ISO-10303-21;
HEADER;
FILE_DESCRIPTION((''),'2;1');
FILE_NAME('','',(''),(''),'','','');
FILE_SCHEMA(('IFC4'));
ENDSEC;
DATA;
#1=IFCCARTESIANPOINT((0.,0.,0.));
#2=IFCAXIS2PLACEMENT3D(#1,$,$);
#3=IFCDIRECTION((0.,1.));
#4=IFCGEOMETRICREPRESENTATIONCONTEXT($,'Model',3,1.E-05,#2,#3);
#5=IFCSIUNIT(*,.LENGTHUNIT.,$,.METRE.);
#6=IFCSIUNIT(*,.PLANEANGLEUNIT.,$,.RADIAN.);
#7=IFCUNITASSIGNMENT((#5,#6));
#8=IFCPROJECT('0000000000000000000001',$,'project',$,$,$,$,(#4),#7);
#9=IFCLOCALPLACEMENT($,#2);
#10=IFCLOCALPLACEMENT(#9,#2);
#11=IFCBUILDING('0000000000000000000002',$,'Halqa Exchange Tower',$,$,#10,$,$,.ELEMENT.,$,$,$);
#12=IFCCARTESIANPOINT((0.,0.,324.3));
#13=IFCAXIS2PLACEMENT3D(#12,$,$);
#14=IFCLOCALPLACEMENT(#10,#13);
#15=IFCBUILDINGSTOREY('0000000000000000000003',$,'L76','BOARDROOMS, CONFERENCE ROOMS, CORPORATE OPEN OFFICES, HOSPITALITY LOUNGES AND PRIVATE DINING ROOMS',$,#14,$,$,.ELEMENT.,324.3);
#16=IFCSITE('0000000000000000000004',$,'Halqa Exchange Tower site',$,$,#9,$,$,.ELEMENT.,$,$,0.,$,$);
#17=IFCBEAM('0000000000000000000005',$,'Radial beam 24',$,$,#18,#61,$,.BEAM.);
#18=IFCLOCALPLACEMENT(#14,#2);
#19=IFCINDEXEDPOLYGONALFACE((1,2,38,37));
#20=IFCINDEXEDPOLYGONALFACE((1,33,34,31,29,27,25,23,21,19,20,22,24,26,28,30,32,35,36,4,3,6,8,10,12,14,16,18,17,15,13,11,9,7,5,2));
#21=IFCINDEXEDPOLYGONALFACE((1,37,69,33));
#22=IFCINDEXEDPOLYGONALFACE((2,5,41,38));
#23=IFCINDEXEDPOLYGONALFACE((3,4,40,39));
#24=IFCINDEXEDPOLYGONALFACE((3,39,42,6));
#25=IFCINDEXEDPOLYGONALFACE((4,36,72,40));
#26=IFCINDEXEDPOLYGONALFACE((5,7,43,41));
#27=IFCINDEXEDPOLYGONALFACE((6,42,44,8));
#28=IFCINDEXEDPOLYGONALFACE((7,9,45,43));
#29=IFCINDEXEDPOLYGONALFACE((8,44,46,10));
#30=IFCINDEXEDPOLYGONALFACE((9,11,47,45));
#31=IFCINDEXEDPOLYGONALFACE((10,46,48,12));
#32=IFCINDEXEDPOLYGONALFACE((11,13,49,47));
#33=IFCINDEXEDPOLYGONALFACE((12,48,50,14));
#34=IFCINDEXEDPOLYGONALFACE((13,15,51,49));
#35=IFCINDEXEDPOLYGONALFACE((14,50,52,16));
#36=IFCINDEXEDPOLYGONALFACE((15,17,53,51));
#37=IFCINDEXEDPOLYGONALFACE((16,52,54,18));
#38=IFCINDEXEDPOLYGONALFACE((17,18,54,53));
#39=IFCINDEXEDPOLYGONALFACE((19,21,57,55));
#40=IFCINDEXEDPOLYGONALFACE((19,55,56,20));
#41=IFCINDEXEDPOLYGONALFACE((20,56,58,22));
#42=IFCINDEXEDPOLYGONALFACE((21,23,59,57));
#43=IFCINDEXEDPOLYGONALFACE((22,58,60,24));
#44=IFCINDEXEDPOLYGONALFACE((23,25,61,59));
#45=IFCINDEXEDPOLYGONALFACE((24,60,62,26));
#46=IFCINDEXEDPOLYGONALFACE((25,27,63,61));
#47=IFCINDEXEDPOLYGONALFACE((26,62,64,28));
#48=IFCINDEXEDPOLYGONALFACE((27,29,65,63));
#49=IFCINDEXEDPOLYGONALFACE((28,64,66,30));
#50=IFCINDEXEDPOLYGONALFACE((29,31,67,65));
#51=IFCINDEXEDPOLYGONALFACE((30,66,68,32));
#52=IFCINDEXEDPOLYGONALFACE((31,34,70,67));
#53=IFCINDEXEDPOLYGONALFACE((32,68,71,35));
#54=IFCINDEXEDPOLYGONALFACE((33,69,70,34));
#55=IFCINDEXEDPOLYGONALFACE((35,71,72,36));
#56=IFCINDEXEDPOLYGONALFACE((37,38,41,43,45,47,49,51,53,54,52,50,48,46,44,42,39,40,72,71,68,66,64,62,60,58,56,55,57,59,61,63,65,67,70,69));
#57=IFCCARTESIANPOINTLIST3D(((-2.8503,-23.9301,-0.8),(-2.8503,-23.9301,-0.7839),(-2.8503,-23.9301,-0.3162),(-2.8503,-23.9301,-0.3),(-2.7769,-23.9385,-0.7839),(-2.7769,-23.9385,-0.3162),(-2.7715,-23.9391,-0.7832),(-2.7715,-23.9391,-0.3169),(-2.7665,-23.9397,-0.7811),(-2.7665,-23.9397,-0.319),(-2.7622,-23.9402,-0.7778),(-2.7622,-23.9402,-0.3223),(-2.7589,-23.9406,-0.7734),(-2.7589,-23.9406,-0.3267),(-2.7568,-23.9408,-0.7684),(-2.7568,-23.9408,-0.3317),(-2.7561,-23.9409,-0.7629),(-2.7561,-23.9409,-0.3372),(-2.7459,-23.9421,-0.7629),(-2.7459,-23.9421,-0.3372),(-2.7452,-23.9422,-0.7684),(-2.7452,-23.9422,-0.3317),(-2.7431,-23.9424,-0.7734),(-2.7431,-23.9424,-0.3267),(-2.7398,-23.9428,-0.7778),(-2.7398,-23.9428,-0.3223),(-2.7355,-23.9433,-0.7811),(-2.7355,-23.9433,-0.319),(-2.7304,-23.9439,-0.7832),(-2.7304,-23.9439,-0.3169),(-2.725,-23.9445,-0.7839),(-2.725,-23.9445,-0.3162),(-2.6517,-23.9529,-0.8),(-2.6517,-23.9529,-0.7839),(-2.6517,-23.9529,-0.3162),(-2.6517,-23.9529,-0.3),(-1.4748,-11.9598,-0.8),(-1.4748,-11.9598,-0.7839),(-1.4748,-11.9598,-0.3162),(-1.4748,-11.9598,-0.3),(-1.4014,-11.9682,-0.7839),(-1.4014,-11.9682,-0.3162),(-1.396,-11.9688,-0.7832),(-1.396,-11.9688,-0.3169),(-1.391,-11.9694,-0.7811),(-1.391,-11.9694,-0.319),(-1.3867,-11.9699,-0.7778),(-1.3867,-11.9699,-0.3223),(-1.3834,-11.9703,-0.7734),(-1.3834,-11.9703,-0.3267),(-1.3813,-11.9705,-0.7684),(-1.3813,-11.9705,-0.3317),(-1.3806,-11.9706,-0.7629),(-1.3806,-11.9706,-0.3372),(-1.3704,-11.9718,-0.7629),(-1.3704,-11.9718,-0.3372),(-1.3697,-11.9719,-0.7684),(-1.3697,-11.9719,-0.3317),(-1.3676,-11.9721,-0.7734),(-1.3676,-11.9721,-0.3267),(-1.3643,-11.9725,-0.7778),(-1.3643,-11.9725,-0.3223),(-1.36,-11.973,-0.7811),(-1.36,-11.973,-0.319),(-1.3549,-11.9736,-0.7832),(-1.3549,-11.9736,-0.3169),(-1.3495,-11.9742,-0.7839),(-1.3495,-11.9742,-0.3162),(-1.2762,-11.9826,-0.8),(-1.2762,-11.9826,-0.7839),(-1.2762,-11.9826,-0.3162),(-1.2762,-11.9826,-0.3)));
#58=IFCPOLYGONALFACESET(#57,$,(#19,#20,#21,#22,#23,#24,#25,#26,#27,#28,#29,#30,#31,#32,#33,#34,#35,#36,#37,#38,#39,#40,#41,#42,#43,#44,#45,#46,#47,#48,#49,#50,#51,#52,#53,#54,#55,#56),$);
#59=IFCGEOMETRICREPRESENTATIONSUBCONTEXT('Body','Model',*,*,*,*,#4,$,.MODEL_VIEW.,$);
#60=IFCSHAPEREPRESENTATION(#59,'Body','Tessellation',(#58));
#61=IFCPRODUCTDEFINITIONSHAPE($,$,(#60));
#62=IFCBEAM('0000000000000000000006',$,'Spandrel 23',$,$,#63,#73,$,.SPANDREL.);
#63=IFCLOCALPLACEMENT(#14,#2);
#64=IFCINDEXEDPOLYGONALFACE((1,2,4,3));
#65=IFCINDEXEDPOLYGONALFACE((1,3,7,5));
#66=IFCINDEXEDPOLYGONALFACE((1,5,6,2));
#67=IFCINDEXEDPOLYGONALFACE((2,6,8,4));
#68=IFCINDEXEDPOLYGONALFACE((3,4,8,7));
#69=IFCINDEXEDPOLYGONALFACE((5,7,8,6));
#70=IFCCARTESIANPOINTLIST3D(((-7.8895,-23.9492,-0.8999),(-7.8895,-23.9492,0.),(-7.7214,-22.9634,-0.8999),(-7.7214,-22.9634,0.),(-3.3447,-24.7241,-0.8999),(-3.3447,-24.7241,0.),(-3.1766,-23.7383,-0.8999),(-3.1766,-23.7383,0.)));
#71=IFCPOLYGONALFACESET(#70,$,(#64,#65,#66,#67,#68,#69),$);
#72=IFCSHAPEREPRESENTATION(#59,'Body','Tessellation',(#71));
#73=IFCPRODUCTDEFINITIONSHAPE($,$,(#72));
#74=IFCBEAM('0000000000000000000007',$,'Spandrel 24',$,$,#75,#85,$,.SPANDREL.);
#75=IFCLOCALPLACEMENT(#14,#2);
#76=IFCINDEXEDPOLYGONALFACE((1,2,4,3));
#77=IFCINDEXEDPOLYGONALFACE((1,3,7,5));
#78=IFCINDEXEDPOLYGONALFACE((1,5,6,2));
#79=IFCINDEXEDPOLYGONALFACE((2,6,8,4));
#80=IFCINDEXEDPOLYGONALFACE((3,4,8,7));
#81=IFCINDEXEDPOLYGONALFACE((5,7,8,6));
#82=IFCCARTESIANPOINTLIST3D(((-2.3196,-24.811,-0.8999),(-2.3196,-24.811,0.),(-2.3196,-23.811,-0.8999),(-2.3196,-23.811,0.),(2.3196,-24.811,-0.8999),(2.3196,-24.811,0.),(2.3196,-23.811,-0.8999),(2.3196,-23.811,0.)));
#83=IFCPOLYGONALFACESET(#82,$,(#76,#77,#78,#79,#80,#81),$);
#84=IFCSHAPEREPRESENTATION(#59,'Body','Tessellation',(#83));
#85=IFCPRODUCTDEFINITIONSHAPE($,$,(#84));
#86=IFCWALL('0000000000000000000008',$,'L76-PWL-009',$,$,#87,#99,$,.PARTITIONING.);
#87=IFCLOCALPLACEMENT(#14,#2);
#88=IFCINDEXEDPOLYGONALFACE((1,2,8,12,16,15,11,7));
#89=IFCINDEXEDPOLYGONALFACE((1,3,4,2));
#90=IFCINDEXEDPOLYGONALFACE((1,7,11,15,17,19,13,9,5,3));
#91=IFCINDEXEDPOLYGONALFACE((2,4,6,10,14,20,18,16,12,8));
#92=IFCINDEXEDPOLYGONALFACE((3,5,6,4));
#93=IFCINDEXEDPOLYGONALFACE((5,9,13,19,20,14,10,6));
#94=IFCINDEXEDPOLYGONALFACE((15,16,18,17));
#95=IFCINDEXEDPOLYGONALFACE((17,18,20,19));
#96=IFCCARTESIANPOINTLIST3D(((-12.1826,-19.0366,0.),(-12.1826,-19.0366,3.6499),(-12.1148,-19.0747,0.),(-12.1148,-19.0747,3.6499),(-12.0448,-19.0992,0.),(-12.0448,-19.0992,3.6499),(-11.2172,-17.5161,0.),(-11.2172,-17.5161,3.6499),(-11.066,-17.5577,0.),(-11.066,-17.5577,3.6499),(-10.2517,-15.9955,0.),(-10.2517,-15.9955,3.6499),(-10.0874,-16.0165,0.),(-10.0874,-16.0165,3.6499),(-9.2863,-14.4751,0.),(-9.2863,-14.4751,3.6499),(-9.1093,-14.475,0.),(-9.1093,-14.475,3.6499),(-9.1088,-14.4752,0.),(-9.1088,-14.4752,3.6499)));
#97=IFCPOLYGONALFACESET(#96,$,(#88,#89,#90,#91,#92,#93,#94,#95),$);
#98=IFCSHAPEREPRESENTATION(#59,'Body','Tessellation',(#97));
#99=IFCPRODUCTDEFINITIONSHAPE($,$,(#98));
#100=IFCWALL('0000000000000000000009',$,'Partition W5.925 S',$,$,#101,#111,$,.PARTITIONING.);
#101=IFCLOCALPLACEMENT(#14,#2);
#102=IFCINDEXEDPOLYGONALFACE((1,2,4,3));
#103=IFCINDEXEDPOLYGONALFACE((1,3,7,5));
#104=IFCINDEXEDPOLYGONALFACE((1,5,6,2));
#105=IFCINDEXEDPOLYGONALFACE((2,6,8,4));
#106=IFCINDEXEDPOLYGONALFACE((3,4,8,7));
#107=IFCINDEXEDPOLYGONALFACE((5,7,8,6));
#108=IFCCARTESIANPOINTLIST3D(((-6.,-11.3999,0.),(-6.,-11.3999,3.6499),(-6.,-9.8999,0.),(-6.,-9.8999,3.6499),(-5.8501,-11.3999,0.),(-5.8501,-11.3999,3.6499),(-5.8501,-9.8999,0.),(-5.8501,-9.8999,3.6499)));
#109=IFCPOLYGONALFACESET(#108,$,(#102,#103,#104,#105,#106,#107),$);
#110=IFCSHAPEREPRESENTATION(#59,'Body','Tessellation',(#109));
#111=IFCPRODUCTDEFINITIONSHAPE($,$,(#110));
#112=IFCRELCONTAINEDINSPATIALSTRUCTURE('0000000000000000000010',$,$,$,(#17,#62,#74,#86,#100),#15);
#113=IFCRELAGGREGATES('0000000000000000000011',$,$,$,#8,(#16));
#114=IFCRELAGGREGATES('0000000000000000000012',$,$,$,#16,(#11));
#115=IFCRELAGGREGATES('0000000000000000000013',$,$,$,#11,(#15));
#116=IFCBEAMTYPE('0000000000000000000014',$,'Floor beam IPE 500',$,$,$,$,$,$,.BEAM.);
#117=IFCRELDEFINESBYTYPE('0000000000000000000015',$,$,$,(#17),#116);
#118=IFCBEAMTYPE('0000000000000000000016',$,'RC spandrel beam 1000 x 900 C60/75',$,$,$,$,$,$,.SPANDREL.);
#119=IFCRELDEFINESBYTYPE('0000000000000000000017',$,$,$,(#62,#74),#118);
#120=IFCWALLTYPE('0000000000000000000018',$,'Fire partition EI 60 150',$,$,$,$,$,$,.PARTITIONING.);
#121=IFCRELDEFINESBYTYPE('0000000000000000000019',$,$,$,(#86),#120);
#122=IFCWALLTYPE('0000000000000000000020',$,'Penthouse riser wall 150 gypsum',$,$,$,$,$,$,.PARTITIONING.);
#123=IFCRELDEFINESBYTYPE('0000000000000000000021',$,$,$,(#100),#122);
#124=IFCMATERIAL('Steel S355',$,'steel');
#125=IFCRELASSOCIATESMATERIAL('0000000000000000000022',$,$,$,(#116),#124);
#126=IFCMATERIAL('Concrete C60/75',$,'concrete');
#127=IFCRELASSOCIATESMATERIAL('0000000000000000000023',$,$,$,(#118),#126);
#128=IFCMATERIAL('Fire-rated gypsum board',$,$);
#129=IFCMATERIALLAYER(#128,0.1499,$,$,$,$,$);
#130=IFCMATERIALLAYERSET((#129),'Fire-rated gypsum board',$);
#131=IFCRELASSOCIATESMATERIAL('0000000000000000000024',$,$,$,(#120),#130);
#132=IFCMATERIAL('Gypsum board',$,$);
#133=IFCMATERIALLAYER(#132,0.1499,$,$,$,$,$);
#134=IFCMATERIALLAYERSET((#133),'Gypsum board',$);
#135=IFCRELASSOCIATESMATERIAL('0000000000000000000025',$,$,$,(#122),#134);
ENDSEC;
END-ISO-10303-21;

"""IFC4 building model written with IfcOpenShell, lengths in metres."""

from ifc_helpers import new_model, si_unit, direction, frame, frame_2d, origin, origin_2d, place, context, subcontext, project, spatial, polyline, rectangle, i_section, outline, extrude, material, layer, layer_set, material_profile, profile_set, type_object, element, save


model = new_model("IFC4")

# Units and contexts
model_context = context("Model", 3, precision=1e-05, world=origin(), true_north=direction((0.0, 1.0)))
body_context = subcontext(model_context, "Body", "Model", "MODEL_VIEW")
ifc_project = project(units=[si_unit("LENGTHUNIT", "METRE"), si_unit("PLANEANGLEUNIT", "RADIAN")], contexts=[model_context])

# Site, building, storey
site_placement = place(None, origin())
site = spatial("IfcSite", under=ifc_project, at=site_placement, Name="Halqa Exchange Tower site", CompositionType="ELEMENT", RefElevation=0.0)
building_placement = place(site_placement, origin())
building = spatial("IfcBuilding", under=site, at=building_placement, Name="Halqa Exchange Tower", CompositionType="ELEMENT")
storey_placement = place(building_placement, frame((0.0, 0.0, 324.3)))
storey = spatial("IfcBuildingStorey", under=building, at=storey_placement, Name="L76", Description="BOARDROOMS, CONFERENCE ROOMS, CORPORATE OPEN OFFICES, HOSPITALITY LOUNGES AND PRIVATE DINING ROOMS", CompositionType="ELEMENT", Elevation=324.3)

# Beams
ifc_material_1 = material(Name="Steel S355", Category="steel")
ifc_material_profile_1 = material_profile(ifc_material_1, i_section(OverallWidth=0.2, OverallDepth=0.5, WebThickness=0.0103, FlangeThickness=0.0161, FilletRadius=0.021, at=origin_2d()), Name="IPE 500")
ifc_profile_set_1 = profile_set([ifc_material_profile_1], Name="Steel S355")
beam_type_1 = type_object("IfcBeamType", Name="Floor beam IPE 500", PredefinedType="BEAM", material=ifc_profile_set_1)
beam_1_placement = place(storey_placement, frame((-1.3755, -11.9712, -0.55), z_axis=(-0.114158, -0.993463, 0.0), x_axis=(0.993463, -0.114158, 0.0)))
element("IfcBeam", 1, at=beam_1_placement, inside=storey, type_object=beam_type_1, Name="Radial beam 24", PredefinedType="BEAM", context=body_context, shape_type="SweptSolid", body=[
    extrude(i_section(OverallWidth=0.2, OverallDepth=0.5, WebThickness=0.0103, FlangeThickness=0.0161, FilletRadius=0.021, at=origin_2d()), origin(), (0.0, 0.0, 1.0), 12.0491),
])
ifc_material_2 = material(Name="Concrete C60/75", Category="concrete")
ifc_material_profile_2 = material_profile(ifc_material_2, rectangle(XDim=1.0, YDim=0.8999, at=origin_2d()), Name="1000 x 900")
ifc_profile_set_2 = profile_set([ifc_material_profile_2], Name="Concrete C60/75")
beam_type_2 = type_object("IfcBeamType", Name="RC spandrel beam 1000 x 900 C60/75", PredefinedType="SPANDREL", material=ifc_profile_set_2)
beam_2_placement = place(storey_placement, frame((-7.8054, -23.4563, -0.45), z_axis=(0.985773, -0.168082, 0.0), x_axis=(0.168082, 0.985773, 0.0)))
element("IfcBeam", 2, at=beam_2_placement, inside=storey, type_object=beam_type_2, Name="Spandrel 23", PredefinedType="SPANDREL", context=body_context, shape_type="SweptSolid", body=[
    extrude(rectangle(XDim=1.0, YDim=0.8999, at=origin_2d()), origin(), (0.0, 0.0, 1.0), 4.6104),
])
beam_3_placement = place(storey_placement, frame((-2.3196, -24.311, -0.45), z_axis=(1.0, 0.0, 0.0), x_axis=(0.0, 1.0, 0.0)))
element("IfcBeam", 3, at=beam_3_placement, inside=storey, type_object=beam_type_2, Name="Spandrel 24", PredefinedType="SPANDREL", context=body_context, shape_type="SweptSolid", body=[
    extrude(rectangle(XDim=1.0, YDim=0.8999, at=origin_2d()), origin(), (0.0, 0.0, 1.0), 4.6392),
])

# Walls
ifc_material_3 = material(Name="Fire-rated gypsum board")
ifc_layer_1 = layer(ifc_material_3, 0.1499)
ifc_layer_set_1 = layer_set([ifc_layer_1], Name="Fire-rated gypsum board")
wall_type_1 = type_object("IfcWallType", Name="Fire partition EI 60 150", PredefinedType="PARTITIONING", material=ifc_layer_set_1)
wall_1_placement = place(storey_placement, frame((-9.1721, -14.4351, 0.0), z_axis=(0.0, 0.0, 1.0), x_axis=(-0.536016, -0.844208, 0.0)))
element("IfcWall", 4, at=wall_1_placement, inside=storey, type_object=wall_type_1, Name="L76-PWL-009", PredefinedType="PARTITIONING", context=body_context, shape_type="SweptSolid", body=[
    extrude(outline(polyline([(0.095, -0.075), (1.896, -0.075), (3.6973, -0.075), (5.4983, -0.075), (5.4941, 0.0027), (5.4773, 0.075), (3.6514, 0.075), (1.8257, 0.075), (0.0, 0.075), (0.0, 0.0745), (0.095, -0.075)])), origin(), (0.0, 0.0, 1.0), 3.6499),
])
ifc_material_4 = material(Name="Gypsum board")
ifc_layer_2 = layer(ifc_material_4, 0.1499)
ifc_layer_set_2 = layer_set([ifc_layer_2], Name="Gypsum board")
wall_type_2 = type_object("IfcWallType", Name="Penthouse riser wall 150 gypsum", PredefinedType="PARTITIONING", material=ifc_layer_set_2)
wall_2_placement = place(storey_placement, frame((-5.925, -11.3999, 0.0), z_axis=(0.0, 0.0, 1.0), x_axis=(0.0, 1.0, 0.0)))
element("IfcWall", 5, at=wall_2_placement, inside=storey, type_object=wall_type_2, Name="Partition W5.925 S", PredefinedType="PARTITIONING", context=body_context, shape_type="SweptSolid", body=[
    extrude(rectangle(XDim=1.5, YDim=0.1499, at=frame_2d((0.75, 0.0))), origin(), (0.0, 0.0, 1.0), 3.6499),
])

save(model, "model.ifc")
